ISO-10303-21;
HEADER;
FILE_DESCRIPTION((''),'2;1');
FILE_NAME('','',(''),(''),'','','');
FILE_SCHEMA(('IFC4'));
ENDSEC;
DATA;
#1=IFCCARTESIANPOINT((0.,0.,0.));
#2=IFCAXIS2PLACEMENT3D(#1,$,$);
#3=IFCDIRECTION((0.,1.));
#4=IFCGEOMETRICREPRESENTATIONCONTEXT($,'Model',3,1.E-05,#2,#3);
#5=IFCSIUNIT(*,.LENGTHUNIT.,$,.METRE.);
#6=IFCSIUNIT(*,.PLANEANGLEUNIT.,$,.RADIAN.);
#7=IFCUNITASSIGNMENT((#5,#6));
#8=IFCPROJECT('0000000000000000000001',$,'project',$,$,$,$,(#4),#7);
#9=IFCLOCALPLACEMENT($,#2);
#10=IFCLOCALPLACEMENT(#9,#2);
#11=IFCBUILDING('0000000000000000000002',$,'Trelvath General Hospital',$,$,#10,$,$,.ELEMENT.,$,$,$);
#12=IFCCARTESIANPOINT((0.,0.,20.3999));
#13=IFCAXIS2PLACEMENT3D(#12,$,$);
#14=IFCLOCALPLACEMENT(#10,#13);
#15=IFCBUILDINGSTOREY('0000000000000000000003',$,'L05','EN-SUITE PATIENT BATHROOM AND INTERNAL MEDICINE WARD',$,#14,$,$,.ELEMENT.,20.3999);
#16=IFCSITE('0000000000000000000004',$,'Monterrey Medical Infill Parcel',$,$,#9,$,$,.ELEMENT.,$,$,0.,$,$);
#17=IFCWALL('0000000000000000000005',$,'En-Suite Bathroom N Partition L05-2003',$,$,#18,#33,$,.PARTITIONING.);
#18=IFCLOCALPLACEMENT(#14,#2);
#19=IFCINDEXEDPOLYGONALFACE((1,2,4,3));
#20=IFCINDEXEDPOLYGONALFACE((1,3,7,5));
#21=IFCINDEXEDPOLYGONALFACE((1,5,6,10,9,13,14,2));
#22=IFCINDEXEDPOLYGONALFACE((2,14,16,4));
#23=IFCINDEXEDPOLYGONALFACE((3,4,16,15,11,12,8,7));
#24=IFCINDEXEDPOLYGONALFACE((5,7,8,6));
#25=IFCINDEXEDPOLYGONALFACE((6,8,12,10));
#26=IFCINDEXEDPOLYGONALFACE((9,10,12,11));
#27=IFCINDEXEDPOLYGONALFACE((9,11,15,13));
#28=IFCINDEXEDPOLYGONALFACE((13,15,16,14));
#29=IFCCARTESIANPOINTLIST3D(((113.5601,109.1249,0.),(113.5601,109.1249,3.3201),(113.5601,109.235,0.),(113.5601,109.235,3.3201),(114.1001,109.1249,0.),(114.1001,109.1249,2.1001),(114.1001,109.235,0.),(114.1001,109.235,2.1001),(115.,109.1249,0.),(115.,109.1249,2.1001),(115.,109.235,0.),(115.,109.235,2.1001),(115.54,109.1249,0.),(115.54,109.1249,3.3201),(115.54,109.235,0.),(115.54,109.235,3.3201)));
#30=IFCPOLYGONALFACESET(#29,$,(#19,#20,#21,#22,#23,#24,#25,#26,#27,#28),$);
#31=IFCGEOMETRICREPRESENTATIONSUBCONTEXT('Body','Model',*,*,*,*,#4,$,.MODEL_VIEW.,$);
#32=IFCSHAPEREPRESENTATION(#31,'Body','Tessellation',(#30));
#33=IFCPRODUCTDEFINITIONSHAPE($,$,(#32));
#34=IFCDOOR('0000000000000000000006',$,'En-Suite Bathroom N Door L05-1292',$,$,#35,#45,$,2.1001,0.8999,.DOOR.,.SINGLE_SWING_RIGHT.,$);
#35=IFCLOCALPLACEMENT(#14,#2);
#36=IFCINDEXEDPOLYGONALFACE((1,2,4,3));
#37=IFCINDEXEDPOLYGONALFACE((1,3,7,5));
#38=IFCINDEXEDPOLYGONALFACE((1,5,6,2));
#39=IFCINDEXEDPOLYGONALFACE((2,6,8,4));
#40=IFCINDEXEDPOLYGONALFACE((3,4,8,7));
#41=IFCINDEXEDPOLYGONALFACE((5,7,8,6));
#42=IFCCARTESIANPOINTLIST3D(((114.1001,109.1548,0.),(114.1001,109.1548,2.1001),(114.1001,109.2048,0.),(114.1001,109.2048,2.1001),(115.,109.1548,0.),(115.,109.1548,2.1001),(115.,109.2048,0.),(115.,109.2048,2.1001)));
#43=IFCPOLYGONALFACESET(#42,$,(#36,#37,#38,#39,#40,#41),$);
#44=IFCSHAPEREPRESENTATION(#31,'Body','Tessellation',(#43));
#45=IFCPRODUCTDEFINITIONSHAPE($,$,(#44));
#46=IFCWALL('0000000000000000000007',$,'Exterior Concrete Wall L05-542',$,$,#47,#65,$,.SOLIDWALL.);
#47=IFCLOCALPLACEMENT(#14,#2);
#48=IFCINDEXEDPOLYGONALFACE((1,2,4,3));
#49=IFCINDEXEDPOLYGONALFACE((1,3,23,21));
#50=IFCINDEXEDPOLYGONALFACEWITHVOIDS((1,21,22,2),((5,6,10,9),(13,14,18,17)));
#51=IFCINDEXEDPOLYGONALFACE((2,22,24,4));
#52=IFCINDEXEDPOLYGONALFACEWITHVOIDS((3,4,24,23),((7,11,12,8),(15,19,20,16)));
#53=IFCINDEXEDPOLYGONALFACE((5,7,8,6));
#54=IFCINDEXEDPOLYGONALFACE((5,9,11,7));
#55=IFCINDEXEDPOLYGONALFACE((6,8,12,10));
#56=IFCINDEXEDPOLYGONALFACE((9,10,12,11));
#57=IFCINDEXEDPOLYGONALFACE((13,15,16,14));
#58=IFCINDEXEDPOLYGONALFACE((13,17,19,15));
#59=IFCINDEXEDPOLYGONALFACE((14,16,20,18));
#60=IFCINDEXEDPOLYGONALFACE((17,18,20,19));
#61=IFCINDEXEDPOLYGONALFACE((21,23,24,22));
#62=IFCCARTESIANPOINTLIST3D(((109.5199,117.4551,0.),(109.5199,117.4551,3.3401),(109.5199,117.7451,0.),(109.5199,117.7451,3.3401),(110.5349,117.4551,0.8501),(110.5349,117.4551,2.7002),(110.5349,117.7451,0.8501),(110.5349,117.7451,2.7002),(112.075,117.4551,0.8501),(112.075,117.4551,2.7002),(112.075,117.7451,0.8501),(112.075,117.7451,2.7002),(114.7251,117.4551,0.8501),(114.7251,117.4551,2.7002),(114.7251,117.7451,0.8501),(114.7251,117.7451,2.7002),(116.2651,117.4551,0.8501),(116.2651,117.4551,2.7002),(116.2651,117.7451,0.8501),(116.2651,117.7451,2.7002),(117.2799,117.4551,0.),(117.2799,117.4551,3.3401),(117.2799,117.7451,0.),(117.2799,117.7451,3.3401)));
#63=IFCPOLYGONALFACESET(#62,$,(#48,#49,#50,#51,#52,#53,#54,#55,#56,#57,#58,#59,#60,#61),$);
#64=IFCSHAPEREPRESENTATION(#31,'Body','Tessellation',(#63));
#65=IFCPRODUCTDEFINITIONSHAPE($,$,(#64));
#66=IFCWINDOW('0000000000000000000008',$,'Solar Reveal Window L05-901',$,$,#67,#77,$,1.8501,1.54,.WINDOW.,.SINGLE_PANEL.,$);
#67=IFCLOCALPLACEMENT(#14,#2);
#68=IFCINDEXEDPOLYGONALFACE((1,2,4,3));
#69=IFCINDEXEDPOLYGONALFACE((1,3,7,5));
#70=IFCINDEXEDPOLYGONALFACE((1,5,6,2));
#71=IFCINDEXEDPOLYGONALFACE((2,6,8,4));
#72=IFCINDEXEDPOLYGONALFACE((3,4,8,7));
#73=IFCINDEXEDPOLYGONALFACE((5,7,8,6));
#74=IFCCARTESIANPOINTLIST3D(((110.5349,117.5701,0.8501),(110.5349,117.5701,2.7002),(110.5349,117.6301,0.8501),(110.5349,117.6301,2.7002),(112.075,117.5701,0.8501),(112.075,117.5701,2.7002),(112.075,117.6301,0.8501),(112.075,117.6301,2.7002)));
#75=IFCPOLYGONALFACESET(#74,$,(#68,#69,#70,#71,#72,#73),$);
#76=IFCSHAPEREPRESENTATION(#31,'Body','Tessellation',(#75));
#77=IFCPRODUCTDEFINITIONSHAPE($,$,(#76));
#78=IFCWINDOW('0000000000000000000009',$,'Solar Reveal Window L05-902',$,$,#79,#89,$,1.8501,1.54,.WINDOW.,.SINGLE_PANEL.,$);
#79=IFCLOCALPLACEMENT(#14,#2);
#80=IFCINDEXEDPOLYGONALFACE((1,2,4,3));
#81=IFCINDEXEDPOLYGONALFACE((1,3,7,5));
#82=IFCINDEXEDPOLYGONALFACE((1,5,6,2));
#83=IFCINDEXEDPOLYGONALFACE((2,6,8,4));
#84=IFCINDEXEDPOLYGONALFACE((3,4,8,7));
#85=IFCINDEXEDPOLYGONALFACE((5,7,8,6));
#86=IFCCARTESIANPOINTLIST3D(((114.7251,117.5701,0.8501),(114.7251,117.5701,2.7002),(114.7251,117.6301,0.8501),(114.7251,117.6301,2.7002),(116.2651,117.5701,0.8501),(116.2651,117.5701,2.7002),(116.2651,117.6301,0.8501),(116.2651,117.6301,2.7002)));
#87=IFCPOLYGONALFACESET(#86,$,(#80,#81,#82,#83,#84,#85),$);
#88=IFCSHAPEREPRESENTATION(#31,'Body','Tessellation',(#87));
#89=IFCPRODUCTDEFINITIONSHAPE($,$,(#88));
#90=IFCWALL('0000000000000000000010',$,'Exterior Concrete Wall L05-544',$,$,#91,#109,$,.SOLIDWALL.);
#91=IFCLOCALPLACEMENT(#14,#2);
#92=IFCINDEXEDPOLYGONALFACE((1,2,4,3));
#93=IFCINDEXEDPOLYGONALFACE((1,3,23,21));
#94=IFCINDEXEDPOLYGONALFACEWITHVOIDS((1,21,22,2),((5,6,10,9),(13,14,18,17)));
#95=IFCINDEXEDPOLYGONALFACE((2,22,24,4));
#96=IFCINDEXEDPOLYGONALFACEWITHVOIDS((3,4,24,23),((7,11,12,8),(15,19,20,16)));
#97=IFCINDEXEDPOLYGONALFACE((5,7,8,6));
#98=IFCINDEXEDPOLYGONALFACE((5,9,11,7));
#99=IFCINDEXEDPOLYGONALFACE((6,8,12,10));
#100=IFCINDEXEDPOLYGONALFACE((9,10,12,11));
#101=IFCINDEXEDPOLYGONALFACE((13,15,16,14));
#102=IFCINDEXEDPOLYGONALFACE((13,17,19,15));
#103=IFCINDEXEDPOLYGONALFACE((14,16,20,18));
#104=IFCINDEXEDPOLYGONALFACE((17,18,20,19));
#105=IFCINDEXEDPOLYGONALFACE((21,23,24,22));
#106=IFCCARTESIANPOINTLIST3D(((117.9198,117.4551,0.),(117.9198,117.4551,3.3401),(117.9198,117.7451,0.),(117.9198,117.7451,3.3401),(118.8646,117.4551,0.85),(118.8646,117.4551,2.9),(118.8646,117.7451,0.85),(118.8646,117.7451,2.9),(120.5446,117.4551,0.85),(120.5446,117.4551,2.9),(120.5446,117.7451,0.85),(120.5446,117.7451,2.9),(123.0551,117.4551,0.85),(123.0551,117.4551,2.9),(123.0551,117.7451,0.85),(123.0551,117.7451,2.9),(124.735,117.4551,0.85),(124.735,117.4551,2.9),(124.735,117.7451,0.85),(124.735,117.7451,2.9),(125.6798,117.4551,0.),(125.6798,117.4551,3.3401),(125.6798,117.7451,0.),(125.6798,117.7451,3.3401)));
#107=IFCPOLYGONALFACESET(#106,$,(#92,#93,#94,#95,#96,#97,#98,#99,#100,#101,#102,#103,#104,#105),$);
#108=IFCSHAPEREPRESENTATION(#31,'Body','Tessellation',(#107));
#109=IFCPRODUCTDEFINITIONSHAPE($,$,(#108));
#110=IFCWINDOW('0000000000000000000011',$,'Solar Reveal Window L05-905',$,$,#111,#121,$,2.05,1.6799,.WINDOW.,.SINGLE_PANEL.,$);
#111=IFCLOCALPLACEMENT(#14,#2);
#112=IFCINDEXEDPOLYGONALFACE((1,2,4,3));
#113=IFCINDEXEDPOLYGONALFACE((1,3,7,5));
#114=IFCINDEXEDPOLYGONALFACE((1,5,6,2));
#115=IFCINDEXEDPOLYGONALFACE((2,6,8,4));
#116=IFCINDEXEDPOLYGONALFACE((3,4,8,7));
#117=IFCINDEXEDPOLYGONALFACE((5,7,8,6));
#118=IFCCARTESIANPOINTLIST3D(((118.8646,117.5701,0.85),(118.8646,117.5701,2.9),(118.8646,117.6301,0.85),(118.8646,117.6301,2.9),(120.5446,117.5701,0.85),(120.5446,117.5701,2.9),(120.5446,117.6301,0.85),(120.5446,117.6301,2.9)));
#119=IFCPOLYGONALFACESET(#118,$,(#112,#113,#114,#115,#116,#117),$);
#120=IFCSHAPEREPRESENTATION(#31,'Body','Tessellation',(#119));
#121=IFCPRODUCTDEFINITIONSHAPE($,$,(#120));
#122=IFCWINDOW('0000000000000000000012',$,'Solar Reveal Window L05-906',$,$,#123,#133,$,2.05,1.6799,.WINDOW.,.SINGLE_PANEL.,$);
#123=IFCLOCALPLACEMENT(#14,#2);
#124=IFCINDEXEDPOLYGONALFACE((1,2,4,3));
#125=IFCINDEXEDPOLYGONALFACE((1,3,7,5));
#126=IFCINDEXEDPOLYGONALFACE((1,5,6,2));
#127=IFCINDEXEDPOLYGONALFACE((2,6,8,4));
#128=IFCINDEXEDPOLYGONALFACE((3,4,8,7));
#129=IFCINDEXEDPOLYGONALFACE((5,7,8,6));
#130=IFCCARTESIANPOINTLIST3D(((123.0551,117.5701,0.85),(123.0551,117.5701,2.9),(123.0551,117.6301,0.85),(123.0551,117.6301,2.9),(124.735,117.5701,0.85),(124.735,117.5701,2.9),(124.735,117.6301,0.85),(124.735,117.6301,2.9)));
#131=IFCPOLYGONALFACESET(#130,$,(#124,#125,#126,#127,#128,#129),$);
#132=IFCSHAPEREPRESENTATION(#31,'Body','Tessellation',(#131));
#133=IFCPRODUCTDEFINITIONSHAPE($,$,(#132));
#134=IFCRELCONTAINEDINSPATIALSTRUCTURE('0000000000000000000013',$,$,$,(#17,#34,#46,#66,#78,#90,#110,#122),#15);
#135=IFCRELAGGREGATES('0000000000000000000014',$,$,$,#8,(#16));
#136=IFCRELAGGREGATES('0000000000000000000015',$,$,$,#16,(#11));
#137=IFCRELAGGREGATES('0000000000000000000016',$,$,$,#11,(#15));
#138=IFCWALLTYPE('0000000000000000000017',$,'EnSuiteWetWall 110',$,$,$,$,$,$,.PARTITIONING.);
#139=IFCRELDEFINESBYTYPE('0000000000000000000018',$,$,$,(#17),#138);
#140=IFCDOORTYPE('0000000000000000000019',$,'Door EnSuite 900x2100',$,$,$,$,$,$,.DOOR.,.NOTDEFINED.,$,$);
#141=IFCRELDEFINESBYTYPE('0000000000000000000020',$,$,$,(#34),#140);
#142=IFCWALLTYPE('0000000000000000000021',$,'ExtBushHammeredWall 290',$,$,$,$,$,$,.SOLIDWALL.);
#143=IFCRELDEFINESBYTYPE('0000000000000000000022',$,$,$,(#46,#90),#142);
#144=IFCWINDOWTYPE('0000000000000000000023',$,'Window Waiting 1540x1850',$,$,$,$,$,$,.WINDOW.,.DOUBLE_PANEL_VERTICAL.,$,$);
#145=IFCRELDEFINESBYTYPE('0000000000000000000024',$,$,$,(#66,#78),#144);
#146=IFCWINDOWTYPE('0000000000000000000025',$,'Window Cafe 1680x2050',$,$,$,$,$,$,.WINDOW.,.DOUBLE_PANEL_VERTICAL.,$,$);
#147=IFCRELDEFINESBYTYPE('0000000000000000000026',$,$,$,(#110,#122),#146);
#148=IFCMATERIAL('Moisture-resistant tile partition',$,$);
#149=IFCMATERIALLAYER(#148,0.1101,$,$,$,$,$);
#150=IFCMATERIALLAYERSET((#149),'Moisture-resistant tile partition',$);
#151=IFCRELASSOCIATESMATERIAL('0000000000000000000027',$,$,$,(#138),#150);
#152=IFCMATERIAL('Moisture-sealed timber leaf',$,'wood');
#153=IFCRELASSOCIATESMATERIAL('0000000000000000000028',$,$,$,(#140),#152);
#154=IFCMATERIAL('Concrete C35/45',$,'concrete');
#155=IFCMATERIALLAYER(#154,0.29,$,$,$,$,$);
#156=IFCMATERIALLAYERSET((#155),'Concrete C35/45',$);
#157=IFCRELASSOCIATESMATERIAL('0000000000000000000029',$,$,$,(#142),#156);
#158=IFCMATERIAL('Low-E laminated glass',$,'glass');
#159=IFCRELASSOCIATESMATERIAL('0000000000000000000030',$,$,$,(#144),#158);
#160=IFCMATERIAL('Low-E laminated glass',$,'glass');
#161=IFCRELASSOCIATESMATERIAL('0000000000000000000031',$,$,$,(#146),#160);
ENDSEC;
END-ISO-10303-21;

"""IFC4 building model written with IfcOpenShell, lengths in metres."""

from ifc_helpers import new_model, si_unit, direction, frame, frame_2d, origin, place, context, subcontext, project, spatial, rectangle, extrude, material, layer, layer_set, type_object, element, fill, save


model = new_model("IFC4")

# Units and contexts
model_context = context("Model", 3, precision=1e-05, world=origin(), true_north=direction((0.0, 1.0)))
body_context = subcontext(model_context, "Body", "Model", "MODEL_VIEW")
ifc_project = project(units=[si_unit("LENGTHUNIT", "METRE"), si_unit("PLANEANGLEUNIT", "RADIAN")], contexts=[model_context])

# Site, building, storey
site_placement = place(None, origin())
site = spatial("IfcSite", under=ifc_project, at=site_placement, Name="Monterrey Medical Infill Parcel", CompositionType="ELEMENT", RefElevation=0.0)
building_placement = place(site_placement, origin())
building = spatial("IfcBuilding", under=site, at=building_placement, Name="Trelvath General Hospital", CompositionType="ELEMENT")
storey_placement = place(building_placement, frame((0.0, 0.0, 20.3999)))
storey = spatial("IfcBuildingStorey", under=building, at=storey_placement, Name="L05", Description="EN-SUITE PATIENT BATHROOM AND INTERNAL MEDICINE WARD", CompositionType="ELEMENT", Elevation=20.3999)

# Wall, opening, door
ifc_material_1 = material(Name="Moisture-resistant tile partition")
ifc_layer_1 = layer(ifc_material_1, 0.1101)
ifc_layer_set_1 = layer_set([ifc_layer_1], Name="Moisture-resistant tile partition")
wall_type_1 = type_object("IfcWallType", Name="EnSuiteWetWall 110", PredefinedType="PARTITIONING", material=ifc_layer_set_1)
ifc_material_2 = material(Name="Moisture-sealed timber leaf", Category="wood")
door_type = type_object("IfcDoorType", Name="Door EnSuite 900x2100", OperationType="NOTDEFINED", PredefinedType="DOOR", material=ifc_material_2)
wall_1_placement = place(storey_placement, frame((113.5601, 109.1799, 0.0), z_axis=(0.0, 0.0, 1.0), x_axis=(1.0, 0.0, 0.0)))
wall_1 = element("IfcWall", 1, at=wall_1_placement, inside=storey, type_object=wall_type_1, Name="En-Suite Bathroom N Partition L05-2003", PredefinedType="PARTITIONING", context=body_context, shape_type="SweptSolid", body=[
    extrude(rectangle(XDim=1.98, YDim=0.1101, at=frame_2d((0.99, 0.0))), origin(), (0.0, 0.0, 1.0), 3.3201),
])
opening_1_placement = place(wall_1_placement, frame((0.54, 0.0, 0.0)))
opening_1 = element("IfcOpeningElement", 2, at=opening_1_placement, cuts=wall_1, PredefinedType="OPENING", context=body_context, shape_type="SweptSolid", body=[
    extrude(rectangle(XDim=0.8999, YDim=2.1001, at=frame_2d((0.45, 1.05))), frame((0.0, 0.0649, 0.0), z_axis=(0.0, -1.0, 0.0), x_axis=(1.0, 0.0, 0.0)), (0.0, 0.0, 1.0), 0.1301),
])
door_1_placement = place(opening_1_placement, origin())
door_1 = element("IfcDoor", 3, at=door_1_placement, inside=storey, type_object=door_type, Name="En-Suite Bathroom N Door L05-1292", OperationType="SINGLE_SWING_RIGHT", OverallHeight=2.1001, OverallWidth=0.8999, PredefinedType="DOOR", context=body_context, shape_type="SweptSolid", body=[
    extrude(rectangle(XDim=0.8999, YDim=2.1001, at=frame_2d((0.45, 1.05))), frame((0.0, 0.0249, 0.0), z_axis=(0.0, -1.0, 0.0), x_axis=(1.0, 0.0, 0.0)), (0.0, 0.0, 1.0), 0.05),
])
fill(opening_1, door_1)

# Walls, openings, windows
ifc_material_3 = material(Name="Concrete C35/45", Category="concrete")
ifc_layer_2 = layer(ifc_material_3, 0.29)
ifc_layer_set_2 = layer_set([ifc_layer_2], Name="Concrete C35/45")
wall_type_2 = type_object("IfcWallType", Name="ExtBushHammeredWall 290", PredefinedType="SOLIDWALL", material=ifc_layer_set_2)
wall_2_placement = place(storey_placement, frame((109.52, 117.6001, 0.0), z_axis=(0.0, 0.0, 1.0), x_axis=(1.0, 0.0, 0.0)))
wall_2 = element("IfcWall", 4, at=wall_2_placement, inside=storey, type_object=wall_type_2, Name="Exterior Concrete Wall L05-542", PredefinedType="SOLIDWALL", context=body_context, shape_type="SweptSolid", body=[
    extrude(rectangle(XDim=7.76, YDim=0.29, at=frame_2d((3.8799, 0.0))), origin(), (0.0, 0.0, 1.0), 3.3401),
])
opening_2_placement = place(wall_2_placement, frame((1.0149, 0.0, 0.8501)))
opening_2 = element("IfcOpeningElement", 5, at=opening_2_placement, cuts=wall_2, PredefinedType="OPENING", context=body_context, shape_type="SweptSolid", body=[
    extrude(rectangle(XDim=1.54, YDim=1.8501, at=frame_2d((0.77, 0.925))), frame((0.0, 0.155, 0.0), z_axis=(0.0, -1.0, 0.0), x_axis=(1.0, 0.0, 0.0)), (0.0, 0.0, 1.0), 0.3101),
])
opening_3_placement = place(wall_2_placement, frame((5.2051, 0.0, 0.8501)))
opening_3 = element("IfcOpeningElement", 6, at=opening_3_placement, cuts=wall_2, PredefinedType="OPENING", context=body_context, shape_type="SweptSolid", body=[
    extrude(rectangle(XDim=1.54, YDim=1.8501, at=frame_2d((0.77, 0.925))), frame((0.0, 0.155, 0.0), z_axis=(0.0, -1.0, 0.0), x_axis=(1.0, 0.0, 0.0)), (0.0, 0.0, 1.0), 0.3101),
])
ifc_material_4 = material(Name="Low-E laminated glass", Category="glass")
window_type_1 = type_object("IfcWindowType", Name="Window Waiting 1540x1850", PartitioningType="DOUBLE_PANEL_VERTICAL", PredefinedType="WINDOW", material=ifc_material_4)
window_1_placement = place(opening_2_placement, origin())
window_1 = element("IfcWindow", 7, at=window_1_placement, inside=storey, type_object=window_type_1, Name="Solar Reveal Window L05-901", OverallHeight=1.8501, OverallWidth=1.54, PartitioningType="SINGLE_PANEL", PredefinedType="WINDOW", context=body_context, shape_type="SweptSolid", body=[
    extrude(rectangle(XDim=1.54, YDim=1.8501, at=frame_2d((0.77, 0.925))), frame((0.0, 0.03, 0.0), z_axis=(0.0, -1.0, 0.0), x_axis=(1.0, 0.0, 0.0)), (0.0, 0.0, 1.0), 0.0601),
])
fill(opening_2, window_1)
window_2_placement = place(opening_3_placement, origin())
window_2 = element("IfcWindow", 8, at=window_2_placement, inside=storey, type_object=window_type_1, Name="Solar Reveal Window L05-902", OverallHeight=1.8501, OverallWidth=1.54, PartitioningType="SINGLE_PANEL", PredefinedType="WINDOW", context=body_context, shape_type="SweptSolid", body=[
    extrude(rectangle(XDim=1.54, YDim=1.8501, at=frame_2d((0.77, 0.925))), frame((0.0, 0.03, 0.0), z_axis=(0.0, -1.0, 0.0), x_axis=(1.0, 0.0, 0.0)), (0.0, 0.0, 1.0), 0.0601),
])
fill(opening_3, window_2)
wall_3_placement = place(storey_placement, frame((117.9199, 117.6001, 0.0), z_axis=(0.0, 0.0, 1.0), x_axis=(1.0, 0.0, 0.0)))
wall_3 = element("IfcWall", 9, at=wall_3_placement, inside=storey, type_object=wall_type_2, Name="Exterior Concrete Wall L05-544", PredefinedType="SOLIDWALL", context=body_context, shape_type="SweptSolid", body=[
    extrude(rectangle(XDim=7.76, YDim=0.29, at=frame_2d((3.8799, 0.0))), origin(), (0.0, 0.0, 1.0), 3.3401),
])
opening_4_placement = place(wall_3_placement, frame((0.9448, 0.0, 0.8501)))
opening_4 = element("IfcOpeningElement", 10, at=opening_4_placement, cuts=wall_3, PredefinedType="OPENING", context=body_context, shape_type="SweptSolid", body=[
    extrude(rectangle(XDim=1.6799, YDim=2.05, at=frame_2d((0.8398, 1.0249))), frame((0.0, 0.155, 0.0), z_axis=(0.0, -1.0, 0.0), x_axis=(1.0, 0.0, 0.0)), (0.0, 0.0, 1.0), 0.3101),
])
opening_5_placement = place(wall_3_placement, frame((5.1353, 0.0, 0.8501)))
opening_5 = element("IfcOpeningElement", 11, at=opening_5_placement, cuts=wall_3, PredefinedType="OPENING", context=body_context, shape_type="SweptSolid", body=[
    extrude(rectangle(XDim=1.6799, YDim=2.05, at=frame_2d((0.8398, 1.0249))), frame((0.0, 0.155, 0.0), z_axis=(0.0, -1.0, 0.0), x_axis=(1.0, 0.0, 0.0)), (0.0, 0.0, 1.0), 0.3101),
])
ifc_material_5 = material(Name="Low-E laminated glass", Category="glass")
window_type_2 = type_object("IfcWindowType", Name="Window Cafe 1680x2050", PartitioningType="DOUBLE_PANEL_VERTICAL", PredefinedType="WINDOW", material=ifc_material_5)
window_3_placement = place(opening_4_placement, origin())
window_3 = element("IfcWindow", 12, at=window_3_placement, inside=storey, type_object=window_type_2, Name="Solar Reveal Window L05-905", OverallHeight=2.05, OverallWidth=1.6799, PartitioningType="SINGLE_PANEL", PredefinedType="WINDOW", context=body_context, shape_type="SweptSolid", body=[
    extrude(rectangle(XDim=1.6799, YDim=2.05, at=frame_2d((0.8398, 1.0249))), frame((0.0, 0.03, 0.0), z_axis=(0.0, -1.0, 0.0), x_axis=(1.0, 0.0, 0.0)), (0.0, 0.0, 1.0), 0.0601),
])
fill(opening_4, window_3)
window_4_placement = place(opening_5_placement, origin())
window_4 = element("IfcWindow", 13, at=window_4_placement, inside=storey, type_object=window_type_2, Name="Solar Reveal Window L05-906", OverallHeight=2.05, OverallWidth=1.6799, PartitioningType="SINGLE_PANEL", PredefinedType="WINDOW", context=body_context, shape_type="SweptSolid", body=[
    extrude(rectangle(XDim=1.6799, YDim=2.05, at=frame_2d((0.8398, 1.0249))), frame((0.0, 0.03, 0.0), z_axis=(0.0, -1.0, 0.0), x_axis=(1.0, 0.0, 0.0)), (0.0, 0.0, 1.0), 0.0601),
])
fill(opening_5, window_4)

save(model, "model.ifc")
